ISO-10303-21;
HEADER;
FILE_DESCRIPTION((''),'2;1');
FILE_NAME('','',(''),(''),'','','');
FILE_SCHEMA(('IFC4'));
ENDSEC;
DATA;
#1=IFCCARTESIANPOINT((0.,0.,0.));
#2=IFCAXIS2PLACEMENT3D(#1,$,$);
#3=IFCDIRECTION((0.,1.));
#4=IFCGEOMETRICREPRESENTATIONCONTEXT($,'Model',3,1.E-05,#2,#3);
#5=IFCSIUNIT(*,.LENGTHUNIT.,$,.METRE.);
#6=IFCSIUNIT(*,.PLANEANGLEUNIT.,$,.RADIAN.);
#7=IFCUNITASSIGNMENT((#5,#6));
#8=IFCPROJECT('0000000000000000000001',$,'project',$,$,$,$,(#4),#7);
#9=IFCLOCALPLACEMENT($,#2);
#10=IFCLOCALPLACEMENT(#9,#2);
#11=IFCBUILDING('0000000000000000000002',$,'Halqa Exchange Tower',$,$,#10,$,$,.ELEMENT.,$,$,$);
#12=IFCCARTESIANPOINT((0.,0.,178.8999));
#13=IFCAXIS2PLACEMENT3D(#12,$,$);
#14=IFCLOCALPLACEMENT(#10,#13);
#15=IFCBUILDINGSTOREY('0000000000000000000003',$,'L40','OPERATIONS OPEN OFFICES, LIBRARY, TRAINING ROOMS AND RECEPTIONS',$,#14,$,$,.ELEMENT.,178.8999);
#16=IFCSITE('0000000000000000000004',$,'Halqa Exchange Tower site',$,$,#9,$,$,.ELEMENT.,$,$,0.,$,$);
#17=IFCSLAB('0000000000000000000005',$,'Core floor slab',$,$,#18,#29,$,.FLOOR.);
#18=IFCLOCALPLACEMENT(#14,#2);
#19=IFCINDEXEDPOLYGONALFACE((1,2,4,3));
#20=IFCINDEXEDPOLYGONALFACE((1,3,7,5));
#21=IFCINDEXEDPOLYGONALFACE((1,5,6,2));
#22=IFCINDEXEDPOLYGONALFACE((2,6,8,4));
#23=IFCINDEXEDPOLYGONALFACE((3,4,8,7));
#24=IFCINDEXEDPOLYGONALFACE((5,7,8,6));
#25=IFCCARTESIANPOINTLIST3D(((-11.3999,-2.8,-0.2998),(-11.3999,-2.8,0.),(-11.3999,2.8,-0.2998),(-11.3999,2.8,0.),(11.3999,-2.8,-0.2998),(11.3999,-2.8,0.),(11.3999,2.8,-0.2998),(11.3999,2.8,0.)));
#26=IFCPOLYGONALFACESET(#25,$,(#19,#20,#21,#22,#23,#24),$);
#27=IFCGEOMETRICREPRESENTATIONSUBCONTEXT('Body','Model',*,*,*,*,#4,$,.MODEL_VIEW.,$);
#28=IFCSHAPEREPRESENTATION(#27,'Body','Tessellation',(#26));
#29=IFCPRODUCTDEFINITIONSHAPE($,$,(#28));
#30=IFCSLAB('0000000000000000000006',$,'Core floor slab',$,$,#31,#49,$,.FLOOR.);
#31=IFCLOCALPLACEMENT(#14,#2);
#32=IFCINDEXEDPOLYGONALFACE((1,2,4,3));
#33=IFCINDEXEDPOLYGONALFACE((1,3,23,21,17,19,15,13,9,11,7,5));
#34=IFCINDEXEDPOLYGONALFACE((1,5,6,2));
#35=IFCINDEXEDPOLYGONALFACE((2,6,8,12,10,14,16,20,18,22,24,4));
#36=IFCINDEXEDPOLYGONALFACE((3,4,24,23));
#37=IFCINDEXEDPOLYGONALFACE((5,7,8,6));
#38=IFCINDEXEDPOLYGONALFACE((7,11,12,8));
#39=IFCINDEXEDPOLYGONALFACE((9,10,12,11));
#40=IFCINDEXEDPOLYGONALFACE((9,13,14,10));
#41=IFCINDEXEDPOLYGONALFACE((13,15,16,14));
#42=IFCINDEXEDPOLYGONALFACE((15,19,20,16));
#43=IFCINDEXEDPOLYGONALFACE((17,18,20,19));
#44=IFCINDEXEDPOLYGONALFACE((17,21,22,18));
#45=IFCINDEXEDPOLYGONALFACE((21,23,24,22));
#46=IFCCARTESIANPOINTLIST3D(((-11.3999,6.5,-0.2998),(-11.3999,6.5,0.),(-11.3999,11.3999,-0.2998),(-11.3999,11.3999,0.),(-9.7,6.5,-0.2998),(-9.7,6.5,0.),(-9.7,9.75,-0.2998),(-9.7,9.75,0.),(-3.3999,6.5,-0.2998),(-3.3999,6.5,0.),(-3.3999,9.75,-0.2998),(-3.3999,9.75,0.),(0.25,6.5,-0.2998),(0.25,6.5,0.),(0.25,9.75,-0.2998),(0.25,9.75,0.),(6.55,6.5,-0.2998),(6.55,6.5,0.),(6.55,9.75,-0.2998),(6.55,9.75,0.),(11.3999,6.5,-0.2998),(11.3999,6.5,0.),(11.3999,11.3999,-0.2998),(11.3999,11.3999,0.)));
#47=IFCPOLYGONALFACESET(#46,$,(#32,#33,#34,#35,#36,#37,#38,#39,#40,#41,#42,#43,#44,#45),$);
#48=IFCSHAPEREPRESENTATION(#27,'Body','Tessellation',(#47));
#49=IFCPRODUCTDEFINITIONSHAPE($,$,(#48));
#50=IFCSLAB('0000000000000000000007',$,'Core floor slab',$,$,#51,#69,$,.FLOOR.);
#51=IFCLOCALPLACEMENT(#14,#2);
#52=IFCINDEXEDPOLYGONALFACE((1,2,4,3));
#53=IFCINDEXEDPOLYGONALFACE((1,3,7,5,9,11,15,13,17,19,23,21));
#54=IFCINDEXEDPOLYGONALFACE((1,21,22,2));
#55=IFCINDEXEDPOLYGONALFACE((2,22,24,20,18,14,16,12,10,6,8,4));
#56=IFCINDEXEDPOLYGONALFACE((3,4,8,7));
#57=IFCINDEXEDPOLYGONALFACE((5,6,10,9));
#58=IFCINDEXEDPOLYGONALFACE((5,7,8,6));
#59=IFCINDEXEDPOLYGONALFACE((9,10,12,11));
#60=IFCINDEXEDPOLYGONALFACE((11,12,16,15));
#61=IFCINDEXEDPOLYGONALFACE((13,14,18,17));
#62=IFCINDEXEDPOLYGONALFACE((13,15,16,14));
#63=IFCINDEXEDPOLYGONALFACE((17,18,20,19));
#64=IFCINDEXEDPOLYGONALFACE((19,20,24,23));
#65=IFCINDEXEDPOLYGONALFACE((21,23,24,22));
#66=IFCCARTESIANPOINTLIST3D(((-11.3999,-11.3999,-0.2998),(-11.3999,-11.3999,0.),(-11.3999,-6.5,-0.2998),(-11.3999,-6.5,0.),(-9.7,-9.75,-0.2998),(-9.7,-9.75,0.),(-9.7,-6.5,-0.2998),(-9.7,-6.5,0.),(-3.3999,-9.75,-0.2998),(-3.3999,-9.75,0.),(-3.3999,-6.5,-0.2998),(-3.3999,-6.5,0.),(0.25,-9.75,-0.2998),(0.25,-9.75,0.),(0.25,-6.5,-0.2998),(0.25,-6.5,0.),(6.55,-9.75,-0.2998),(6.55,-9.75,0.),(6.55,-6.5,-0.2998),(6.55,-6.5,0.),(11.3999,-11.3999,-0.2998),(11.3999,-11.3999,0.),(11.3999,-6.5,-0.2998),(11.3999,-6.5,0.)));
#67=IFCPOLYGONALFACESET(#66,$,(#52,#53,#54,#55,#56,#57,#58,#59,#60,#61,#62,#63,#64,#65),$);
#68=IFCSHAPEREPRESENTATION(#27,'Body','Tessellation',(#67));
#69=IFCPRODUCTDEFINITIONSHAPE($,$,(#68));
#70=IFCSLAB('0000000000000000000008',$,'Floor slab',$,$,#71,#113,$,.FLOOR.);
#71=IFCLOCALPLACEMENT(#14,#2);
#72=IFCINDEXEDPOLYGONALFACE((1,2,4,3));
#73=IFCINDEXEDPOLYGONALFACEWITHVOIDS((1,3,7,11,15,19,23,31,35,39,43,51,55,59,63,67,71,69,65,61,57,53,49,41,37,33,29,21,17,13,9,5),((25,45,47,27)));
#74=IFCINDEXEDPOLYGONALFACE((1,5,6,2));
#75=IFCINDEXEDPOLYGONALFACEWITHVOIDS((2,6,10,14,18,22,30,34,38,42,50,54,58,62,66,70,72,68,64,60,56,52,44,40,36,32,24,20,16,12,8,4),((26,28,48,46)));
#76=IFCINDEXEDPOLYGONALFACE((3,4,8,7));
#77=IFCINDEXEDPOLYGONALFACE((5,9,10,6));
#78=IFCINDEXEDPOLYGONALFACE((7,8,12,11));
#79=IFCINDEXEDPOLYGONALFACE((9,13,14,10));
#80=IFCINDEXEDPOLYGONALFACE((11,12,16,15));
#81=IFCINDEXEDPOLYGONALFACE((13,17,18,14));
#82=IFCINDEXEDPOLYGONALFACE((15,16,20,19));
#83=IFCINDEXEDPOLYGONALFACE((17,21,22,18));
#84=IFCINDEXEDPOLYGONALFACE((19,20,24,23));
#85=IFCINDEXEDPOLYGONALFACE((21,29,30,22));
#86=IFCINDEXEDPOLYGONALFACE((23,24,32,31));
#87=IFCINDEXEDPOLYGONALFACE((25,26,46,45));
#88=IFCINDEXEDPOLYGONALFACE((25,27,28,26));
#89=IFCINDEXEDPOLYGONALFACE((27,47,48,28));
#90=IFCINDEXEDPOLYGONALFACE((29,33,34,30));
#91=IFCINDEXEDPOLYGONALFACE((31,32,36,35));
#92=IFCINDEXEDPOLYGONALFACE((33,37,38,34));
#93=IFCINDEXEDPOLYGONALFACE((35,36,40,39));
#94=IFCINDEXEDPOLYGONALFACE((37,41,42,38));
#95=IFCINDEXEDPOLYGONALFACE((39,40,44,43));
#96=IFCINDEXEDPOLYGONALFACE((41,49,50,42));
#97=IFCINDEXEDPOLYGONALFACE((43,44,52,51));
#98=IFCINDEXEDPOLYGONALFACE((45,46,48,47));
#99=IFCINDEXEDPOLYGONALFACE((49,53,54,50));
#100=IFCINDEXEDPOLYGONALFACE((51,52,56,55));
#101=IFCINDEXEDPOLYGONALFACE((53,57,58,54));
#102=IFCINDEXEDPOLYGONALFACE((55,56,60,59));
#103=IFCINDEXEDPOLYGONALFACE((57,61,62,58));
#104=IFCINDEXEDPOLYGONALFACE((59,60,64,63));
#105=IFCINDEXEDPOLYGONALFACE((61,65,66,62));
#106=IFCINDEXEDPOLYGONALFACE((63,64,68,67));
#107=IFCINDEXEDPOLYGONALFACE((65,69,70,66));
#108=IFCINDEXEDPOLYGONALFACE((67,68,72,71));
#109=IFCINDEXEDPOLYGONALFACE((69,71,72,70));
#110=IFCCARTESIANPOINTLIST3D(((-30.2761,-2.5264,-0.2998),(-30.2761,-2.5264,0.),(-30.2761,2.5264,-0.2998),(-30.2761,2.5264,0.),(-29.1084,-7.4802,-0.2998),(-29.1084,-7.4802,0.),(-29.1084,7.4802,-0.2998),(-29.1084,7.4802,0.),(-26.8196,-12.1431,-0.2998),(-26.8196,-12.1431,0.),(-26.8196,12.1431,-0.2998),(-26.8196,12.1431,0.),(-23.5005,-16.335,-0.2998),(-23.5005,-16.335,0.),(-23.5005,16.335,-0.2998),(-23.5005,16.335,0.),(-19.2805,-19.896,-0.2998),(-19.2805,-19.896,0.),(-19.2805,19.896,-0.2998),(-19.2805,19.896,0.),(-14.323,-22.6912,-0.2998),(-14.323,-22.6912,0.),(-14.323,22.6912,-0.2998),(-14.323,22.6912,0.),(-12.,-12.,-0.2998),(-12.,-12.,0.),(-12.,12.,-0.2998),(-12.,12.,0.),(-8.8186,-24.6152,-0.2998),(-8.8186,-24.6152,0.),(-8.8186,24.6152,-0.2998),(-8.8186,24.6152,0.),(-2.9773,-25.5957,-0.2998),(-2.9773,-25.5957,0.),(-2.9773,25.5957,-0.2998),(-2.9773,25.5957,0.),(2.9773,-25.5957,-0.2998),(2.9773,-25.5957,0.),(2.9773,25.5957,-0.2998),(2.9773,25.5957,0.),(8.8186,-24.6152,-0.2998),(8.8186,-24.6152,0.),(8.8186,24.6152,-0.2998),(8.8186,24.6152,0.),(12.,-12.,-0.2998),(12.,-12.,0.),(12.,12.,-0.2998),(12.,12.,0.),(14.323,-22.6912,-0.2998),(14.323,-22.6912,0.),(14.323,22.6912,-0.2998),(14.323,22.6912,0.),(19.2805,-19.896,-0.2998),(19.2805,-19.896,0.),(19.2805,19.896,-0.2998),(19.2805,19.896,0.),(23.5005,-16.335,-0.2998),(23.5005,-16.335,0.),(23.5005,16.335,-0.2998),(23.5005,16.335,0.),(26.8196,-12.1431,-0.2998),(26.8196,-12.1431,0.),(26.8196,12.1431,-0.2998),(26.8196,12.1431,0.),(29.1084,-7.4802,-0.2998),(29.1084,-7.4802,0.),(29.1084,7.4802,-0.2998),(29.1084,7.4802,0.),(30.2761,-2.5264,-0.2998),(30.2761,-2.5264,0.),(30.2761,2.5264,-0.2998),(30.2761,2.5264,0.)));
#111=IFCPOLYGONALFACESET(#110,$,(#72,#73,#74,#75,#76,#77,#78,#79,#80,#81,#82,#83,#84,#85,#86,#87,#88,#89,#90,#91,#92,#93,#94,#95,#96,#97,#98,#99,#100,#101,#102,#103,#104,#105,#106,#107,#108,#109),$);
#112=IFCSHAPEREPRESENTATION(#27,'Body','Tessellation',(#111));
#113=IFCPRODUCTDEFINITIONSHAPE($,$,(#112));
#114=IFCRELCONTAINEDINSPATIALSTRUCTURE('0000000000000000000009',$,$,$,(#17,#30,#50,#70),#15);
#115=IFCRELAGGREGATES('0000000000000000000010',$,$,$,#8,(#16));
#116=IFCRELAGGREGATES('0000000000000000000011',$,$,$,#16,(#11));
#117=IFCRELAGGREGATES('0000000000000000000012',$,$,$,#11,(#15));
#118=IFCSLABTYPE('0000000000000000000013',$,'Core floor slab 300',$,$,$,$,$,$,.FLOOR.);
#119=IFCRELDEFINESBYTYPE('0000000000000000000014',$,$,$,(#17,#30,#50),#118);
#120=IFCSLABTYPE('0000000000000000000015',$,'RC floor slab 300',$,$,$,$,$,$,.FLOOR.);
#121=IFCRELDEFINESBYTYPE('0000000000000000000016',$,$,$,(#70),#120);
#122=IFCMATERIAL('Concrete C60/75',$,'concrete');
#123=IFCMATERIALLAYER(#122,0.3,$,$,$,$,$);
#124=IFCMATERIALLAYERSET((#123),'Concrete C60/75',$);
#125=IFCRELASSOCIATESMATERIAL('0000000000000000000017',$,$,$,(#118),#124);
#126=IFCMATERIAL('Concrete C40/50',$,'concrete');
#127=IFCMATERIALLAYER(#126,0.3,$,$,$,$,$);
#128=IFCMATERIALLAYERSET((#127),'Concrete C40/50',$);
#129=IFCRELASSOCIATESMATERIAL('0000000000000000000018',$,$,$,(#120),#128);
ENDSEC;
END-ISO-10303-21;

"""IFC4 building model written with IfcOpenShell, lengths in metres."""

from ifc_helpers import new_model, si_unit, direction, frame, origin, place, context, subcontext, project, spatial, polyline, outline, extrude, material, layer, layer_set, type_object, element, save


model = new_model("IFC4")

# Units and contexts
model_context = context("Model", 3, precision=1e-05, world=origin(), true_north=direction((0.0, 1.0)))
body_context = subcontext(model_context, "Body", "Model", "MODEL_VIEW")
ifc_project = project(units=[si_unit("LENGTHUNIT", "METRE"), si_unit("PLANEANGLEUNIT", "RADIAN")], contexts=[model_context])

# Site, building, storey
site_placement = place(None, origin())
site = spatial("IfcSite", under=ifc_project, at=site_placement, Name="Halqa Exchange Tower site", CompositionType="ELEMENT", RefElevation=0.0)
building_placement = place(site_placement, origin())
building = spatial("IfcBuilding", under=site, at=building_placement, Name="Halqa Exchange Tower", CompositionType="ELEMENT")
storey_placement = place(building_placement, frame((0.0, 0.0, 178.8999)))
storey = spatial("IfcBuildingStorey", under=building, at=storey_placement, Name="L40", Description="OPERATIONS OPEN OFFICES, LIBRARY, TRAINING ROOMS AND RECEPTIONS", CompositionType="ELEMENT", Elevation=178.8999)

# Slabs
ifc_material_1 = material(Name="Concrete C60/75", Category="concrete")
ifc_layer_1 = layer(ifc_material_1, 0.3)
ifc_layer_set_1 = layer_set([ifc_layer_1], Name="Concrete C60/75")
slab_type_1 = type_object("IfcSlabType", Name="Core floor slab 300", PredefinedType="FLOOR", material=ifc_layer_set_1)
slab_1_placement = place(storey_placement, frame((0.0, 0.0, -0.2998)))
element("IfcSlab", 1, at=slab_1_placement, inside=storey, type_object=slab_type_1, Name="Core floor slab", PredefinedType="FLOOR", context=body_context, shape_type="SweptSolid", body=[
    extrude(outline(polyline([(-11.3999, 2.8), (11.3999, 2.8), (11.3999, -2.8), (-11.3999, -2.8), (-11.3999, 2.8)])), origin(), (0.0, 0.0, 1.0), 0.2998),
])
slab_2_placement = place(storey_placement, frame((0.0, 0.0, -0.2998)))
element("IfcSlab", 2, at=slab_2_placement, inside=storey, type_object=slab_type_1, Name="Core floor slab", PredefinedType="FLOOR", context=body_context, shape_type="SweptSolid", body=[
    extrude(outline(polyline([(-11.3999, 11.3999), (11.3999, 11.3999), (11.3999, 6.5), (6.55, 6.5), (6.55, 9.75), (0.25, 9.75), (0.25, 6.5), (-3.3999, 6.5), (-3.3999, 9.75), (-9.7, 9.75), (-9.7, 6.5), (-11.3999, 6.5), (-11.3999, 11.3999)])), origin(), (0.0, 0.0, 1.0), 0.2998),
])
slab_3_placement = place(storey_placement, frame((0.0, 0.0, -0.2998)))
element("IfcSlab", 3, at=slab_3_placement, inside=storey, type_object=slab_type_1, Name="Core floor slab", PredefinedType="FLOOR", context=body_context, shape_type="SweptSolid", body=[
    extrude(outline(polyline([(-9.7, -9.75), (-3.3999, -9.75), (-3.3999, -6.5), (0.25, -6.5), (0.25, -9.75), (6.55, -9.75), (6.55, -6.5), (11.3999, -6.5), (11.3999, -11.3999), (-11.3999, -11.3999), (-11.3999, -6.5), (-9.7, -6.5), (-9.7, -9.75)])), origin(), (0.0, 0.0, 1.0), 0.2998),
])
ifc_material_2 = material(Name="Concrete C40/50", Category="concrete")
ifc_layer_2 = layer(ifc_material_2, 0.3)
ifc_layer_set_2 = layer_set([ifc_layer_2], Name="Concrete C40/50")
slab_type_2 = type_object("IfcSlabType", Name="RC floor slab 300", PredefinedType="FLOOR", material=ifc_layer_set_2)
slab_4_placement = place(storey_placement, frame((0.0, 0.0, -0.2998)))
element("IfcSlab", 4, at=slab_4_placement, inside=storey, type_object=slab_type_2, Name="Floor slab", PredefinedType="FLOOR", context=body_context, shape_type="SweptSolid", body=[
    extrude(outline(polyline([(30.2761, 2.5264), (29.1084, 7.4802), (26.8196, 12.1431), (23.5005, 16.335), (19.2805, 19.896), (14.323, 22.6912), (8.8186, 24.6152), (2.9773, 25.5957), (-2.9773, 25.5957), (-8.8186, 24.6152), (-14.323, 22.6912), (-19.2805, 19.896), (-23.5005, 16.335), (-26.8196, 12.1431), (-29.1084, 7.4802), (-30.2761, 2.5264), (-30.2761, -2.5264), (-29.1084, -7.4802), (-26.8196, -12.1431), (-23.5005, -16.335), (-19.2805, -19.896), (-14.323, -22.6912), (-8.8186, -24.6152), (-2.9773, -25.5957), (2.9773, -25.5957), (8.8186, -24.6152), (14.323, -22.6912), (19.2805, -19.896), (23.5005, -16.335), (26.8196, -12.1431), (29.1084, -7.4802), (30.2761, -2.5264), (30.2761, 2.5264)]), holes=[polyline([(-12.0, -12.0), (12.0, -12.0), (12.0, 12.0), (-12.0, 12.0), (-12.0, -12.0)])]), origin(), (0.0, 0.0, 1.0), 0.2998),
])

save(model, "model.ifc")
